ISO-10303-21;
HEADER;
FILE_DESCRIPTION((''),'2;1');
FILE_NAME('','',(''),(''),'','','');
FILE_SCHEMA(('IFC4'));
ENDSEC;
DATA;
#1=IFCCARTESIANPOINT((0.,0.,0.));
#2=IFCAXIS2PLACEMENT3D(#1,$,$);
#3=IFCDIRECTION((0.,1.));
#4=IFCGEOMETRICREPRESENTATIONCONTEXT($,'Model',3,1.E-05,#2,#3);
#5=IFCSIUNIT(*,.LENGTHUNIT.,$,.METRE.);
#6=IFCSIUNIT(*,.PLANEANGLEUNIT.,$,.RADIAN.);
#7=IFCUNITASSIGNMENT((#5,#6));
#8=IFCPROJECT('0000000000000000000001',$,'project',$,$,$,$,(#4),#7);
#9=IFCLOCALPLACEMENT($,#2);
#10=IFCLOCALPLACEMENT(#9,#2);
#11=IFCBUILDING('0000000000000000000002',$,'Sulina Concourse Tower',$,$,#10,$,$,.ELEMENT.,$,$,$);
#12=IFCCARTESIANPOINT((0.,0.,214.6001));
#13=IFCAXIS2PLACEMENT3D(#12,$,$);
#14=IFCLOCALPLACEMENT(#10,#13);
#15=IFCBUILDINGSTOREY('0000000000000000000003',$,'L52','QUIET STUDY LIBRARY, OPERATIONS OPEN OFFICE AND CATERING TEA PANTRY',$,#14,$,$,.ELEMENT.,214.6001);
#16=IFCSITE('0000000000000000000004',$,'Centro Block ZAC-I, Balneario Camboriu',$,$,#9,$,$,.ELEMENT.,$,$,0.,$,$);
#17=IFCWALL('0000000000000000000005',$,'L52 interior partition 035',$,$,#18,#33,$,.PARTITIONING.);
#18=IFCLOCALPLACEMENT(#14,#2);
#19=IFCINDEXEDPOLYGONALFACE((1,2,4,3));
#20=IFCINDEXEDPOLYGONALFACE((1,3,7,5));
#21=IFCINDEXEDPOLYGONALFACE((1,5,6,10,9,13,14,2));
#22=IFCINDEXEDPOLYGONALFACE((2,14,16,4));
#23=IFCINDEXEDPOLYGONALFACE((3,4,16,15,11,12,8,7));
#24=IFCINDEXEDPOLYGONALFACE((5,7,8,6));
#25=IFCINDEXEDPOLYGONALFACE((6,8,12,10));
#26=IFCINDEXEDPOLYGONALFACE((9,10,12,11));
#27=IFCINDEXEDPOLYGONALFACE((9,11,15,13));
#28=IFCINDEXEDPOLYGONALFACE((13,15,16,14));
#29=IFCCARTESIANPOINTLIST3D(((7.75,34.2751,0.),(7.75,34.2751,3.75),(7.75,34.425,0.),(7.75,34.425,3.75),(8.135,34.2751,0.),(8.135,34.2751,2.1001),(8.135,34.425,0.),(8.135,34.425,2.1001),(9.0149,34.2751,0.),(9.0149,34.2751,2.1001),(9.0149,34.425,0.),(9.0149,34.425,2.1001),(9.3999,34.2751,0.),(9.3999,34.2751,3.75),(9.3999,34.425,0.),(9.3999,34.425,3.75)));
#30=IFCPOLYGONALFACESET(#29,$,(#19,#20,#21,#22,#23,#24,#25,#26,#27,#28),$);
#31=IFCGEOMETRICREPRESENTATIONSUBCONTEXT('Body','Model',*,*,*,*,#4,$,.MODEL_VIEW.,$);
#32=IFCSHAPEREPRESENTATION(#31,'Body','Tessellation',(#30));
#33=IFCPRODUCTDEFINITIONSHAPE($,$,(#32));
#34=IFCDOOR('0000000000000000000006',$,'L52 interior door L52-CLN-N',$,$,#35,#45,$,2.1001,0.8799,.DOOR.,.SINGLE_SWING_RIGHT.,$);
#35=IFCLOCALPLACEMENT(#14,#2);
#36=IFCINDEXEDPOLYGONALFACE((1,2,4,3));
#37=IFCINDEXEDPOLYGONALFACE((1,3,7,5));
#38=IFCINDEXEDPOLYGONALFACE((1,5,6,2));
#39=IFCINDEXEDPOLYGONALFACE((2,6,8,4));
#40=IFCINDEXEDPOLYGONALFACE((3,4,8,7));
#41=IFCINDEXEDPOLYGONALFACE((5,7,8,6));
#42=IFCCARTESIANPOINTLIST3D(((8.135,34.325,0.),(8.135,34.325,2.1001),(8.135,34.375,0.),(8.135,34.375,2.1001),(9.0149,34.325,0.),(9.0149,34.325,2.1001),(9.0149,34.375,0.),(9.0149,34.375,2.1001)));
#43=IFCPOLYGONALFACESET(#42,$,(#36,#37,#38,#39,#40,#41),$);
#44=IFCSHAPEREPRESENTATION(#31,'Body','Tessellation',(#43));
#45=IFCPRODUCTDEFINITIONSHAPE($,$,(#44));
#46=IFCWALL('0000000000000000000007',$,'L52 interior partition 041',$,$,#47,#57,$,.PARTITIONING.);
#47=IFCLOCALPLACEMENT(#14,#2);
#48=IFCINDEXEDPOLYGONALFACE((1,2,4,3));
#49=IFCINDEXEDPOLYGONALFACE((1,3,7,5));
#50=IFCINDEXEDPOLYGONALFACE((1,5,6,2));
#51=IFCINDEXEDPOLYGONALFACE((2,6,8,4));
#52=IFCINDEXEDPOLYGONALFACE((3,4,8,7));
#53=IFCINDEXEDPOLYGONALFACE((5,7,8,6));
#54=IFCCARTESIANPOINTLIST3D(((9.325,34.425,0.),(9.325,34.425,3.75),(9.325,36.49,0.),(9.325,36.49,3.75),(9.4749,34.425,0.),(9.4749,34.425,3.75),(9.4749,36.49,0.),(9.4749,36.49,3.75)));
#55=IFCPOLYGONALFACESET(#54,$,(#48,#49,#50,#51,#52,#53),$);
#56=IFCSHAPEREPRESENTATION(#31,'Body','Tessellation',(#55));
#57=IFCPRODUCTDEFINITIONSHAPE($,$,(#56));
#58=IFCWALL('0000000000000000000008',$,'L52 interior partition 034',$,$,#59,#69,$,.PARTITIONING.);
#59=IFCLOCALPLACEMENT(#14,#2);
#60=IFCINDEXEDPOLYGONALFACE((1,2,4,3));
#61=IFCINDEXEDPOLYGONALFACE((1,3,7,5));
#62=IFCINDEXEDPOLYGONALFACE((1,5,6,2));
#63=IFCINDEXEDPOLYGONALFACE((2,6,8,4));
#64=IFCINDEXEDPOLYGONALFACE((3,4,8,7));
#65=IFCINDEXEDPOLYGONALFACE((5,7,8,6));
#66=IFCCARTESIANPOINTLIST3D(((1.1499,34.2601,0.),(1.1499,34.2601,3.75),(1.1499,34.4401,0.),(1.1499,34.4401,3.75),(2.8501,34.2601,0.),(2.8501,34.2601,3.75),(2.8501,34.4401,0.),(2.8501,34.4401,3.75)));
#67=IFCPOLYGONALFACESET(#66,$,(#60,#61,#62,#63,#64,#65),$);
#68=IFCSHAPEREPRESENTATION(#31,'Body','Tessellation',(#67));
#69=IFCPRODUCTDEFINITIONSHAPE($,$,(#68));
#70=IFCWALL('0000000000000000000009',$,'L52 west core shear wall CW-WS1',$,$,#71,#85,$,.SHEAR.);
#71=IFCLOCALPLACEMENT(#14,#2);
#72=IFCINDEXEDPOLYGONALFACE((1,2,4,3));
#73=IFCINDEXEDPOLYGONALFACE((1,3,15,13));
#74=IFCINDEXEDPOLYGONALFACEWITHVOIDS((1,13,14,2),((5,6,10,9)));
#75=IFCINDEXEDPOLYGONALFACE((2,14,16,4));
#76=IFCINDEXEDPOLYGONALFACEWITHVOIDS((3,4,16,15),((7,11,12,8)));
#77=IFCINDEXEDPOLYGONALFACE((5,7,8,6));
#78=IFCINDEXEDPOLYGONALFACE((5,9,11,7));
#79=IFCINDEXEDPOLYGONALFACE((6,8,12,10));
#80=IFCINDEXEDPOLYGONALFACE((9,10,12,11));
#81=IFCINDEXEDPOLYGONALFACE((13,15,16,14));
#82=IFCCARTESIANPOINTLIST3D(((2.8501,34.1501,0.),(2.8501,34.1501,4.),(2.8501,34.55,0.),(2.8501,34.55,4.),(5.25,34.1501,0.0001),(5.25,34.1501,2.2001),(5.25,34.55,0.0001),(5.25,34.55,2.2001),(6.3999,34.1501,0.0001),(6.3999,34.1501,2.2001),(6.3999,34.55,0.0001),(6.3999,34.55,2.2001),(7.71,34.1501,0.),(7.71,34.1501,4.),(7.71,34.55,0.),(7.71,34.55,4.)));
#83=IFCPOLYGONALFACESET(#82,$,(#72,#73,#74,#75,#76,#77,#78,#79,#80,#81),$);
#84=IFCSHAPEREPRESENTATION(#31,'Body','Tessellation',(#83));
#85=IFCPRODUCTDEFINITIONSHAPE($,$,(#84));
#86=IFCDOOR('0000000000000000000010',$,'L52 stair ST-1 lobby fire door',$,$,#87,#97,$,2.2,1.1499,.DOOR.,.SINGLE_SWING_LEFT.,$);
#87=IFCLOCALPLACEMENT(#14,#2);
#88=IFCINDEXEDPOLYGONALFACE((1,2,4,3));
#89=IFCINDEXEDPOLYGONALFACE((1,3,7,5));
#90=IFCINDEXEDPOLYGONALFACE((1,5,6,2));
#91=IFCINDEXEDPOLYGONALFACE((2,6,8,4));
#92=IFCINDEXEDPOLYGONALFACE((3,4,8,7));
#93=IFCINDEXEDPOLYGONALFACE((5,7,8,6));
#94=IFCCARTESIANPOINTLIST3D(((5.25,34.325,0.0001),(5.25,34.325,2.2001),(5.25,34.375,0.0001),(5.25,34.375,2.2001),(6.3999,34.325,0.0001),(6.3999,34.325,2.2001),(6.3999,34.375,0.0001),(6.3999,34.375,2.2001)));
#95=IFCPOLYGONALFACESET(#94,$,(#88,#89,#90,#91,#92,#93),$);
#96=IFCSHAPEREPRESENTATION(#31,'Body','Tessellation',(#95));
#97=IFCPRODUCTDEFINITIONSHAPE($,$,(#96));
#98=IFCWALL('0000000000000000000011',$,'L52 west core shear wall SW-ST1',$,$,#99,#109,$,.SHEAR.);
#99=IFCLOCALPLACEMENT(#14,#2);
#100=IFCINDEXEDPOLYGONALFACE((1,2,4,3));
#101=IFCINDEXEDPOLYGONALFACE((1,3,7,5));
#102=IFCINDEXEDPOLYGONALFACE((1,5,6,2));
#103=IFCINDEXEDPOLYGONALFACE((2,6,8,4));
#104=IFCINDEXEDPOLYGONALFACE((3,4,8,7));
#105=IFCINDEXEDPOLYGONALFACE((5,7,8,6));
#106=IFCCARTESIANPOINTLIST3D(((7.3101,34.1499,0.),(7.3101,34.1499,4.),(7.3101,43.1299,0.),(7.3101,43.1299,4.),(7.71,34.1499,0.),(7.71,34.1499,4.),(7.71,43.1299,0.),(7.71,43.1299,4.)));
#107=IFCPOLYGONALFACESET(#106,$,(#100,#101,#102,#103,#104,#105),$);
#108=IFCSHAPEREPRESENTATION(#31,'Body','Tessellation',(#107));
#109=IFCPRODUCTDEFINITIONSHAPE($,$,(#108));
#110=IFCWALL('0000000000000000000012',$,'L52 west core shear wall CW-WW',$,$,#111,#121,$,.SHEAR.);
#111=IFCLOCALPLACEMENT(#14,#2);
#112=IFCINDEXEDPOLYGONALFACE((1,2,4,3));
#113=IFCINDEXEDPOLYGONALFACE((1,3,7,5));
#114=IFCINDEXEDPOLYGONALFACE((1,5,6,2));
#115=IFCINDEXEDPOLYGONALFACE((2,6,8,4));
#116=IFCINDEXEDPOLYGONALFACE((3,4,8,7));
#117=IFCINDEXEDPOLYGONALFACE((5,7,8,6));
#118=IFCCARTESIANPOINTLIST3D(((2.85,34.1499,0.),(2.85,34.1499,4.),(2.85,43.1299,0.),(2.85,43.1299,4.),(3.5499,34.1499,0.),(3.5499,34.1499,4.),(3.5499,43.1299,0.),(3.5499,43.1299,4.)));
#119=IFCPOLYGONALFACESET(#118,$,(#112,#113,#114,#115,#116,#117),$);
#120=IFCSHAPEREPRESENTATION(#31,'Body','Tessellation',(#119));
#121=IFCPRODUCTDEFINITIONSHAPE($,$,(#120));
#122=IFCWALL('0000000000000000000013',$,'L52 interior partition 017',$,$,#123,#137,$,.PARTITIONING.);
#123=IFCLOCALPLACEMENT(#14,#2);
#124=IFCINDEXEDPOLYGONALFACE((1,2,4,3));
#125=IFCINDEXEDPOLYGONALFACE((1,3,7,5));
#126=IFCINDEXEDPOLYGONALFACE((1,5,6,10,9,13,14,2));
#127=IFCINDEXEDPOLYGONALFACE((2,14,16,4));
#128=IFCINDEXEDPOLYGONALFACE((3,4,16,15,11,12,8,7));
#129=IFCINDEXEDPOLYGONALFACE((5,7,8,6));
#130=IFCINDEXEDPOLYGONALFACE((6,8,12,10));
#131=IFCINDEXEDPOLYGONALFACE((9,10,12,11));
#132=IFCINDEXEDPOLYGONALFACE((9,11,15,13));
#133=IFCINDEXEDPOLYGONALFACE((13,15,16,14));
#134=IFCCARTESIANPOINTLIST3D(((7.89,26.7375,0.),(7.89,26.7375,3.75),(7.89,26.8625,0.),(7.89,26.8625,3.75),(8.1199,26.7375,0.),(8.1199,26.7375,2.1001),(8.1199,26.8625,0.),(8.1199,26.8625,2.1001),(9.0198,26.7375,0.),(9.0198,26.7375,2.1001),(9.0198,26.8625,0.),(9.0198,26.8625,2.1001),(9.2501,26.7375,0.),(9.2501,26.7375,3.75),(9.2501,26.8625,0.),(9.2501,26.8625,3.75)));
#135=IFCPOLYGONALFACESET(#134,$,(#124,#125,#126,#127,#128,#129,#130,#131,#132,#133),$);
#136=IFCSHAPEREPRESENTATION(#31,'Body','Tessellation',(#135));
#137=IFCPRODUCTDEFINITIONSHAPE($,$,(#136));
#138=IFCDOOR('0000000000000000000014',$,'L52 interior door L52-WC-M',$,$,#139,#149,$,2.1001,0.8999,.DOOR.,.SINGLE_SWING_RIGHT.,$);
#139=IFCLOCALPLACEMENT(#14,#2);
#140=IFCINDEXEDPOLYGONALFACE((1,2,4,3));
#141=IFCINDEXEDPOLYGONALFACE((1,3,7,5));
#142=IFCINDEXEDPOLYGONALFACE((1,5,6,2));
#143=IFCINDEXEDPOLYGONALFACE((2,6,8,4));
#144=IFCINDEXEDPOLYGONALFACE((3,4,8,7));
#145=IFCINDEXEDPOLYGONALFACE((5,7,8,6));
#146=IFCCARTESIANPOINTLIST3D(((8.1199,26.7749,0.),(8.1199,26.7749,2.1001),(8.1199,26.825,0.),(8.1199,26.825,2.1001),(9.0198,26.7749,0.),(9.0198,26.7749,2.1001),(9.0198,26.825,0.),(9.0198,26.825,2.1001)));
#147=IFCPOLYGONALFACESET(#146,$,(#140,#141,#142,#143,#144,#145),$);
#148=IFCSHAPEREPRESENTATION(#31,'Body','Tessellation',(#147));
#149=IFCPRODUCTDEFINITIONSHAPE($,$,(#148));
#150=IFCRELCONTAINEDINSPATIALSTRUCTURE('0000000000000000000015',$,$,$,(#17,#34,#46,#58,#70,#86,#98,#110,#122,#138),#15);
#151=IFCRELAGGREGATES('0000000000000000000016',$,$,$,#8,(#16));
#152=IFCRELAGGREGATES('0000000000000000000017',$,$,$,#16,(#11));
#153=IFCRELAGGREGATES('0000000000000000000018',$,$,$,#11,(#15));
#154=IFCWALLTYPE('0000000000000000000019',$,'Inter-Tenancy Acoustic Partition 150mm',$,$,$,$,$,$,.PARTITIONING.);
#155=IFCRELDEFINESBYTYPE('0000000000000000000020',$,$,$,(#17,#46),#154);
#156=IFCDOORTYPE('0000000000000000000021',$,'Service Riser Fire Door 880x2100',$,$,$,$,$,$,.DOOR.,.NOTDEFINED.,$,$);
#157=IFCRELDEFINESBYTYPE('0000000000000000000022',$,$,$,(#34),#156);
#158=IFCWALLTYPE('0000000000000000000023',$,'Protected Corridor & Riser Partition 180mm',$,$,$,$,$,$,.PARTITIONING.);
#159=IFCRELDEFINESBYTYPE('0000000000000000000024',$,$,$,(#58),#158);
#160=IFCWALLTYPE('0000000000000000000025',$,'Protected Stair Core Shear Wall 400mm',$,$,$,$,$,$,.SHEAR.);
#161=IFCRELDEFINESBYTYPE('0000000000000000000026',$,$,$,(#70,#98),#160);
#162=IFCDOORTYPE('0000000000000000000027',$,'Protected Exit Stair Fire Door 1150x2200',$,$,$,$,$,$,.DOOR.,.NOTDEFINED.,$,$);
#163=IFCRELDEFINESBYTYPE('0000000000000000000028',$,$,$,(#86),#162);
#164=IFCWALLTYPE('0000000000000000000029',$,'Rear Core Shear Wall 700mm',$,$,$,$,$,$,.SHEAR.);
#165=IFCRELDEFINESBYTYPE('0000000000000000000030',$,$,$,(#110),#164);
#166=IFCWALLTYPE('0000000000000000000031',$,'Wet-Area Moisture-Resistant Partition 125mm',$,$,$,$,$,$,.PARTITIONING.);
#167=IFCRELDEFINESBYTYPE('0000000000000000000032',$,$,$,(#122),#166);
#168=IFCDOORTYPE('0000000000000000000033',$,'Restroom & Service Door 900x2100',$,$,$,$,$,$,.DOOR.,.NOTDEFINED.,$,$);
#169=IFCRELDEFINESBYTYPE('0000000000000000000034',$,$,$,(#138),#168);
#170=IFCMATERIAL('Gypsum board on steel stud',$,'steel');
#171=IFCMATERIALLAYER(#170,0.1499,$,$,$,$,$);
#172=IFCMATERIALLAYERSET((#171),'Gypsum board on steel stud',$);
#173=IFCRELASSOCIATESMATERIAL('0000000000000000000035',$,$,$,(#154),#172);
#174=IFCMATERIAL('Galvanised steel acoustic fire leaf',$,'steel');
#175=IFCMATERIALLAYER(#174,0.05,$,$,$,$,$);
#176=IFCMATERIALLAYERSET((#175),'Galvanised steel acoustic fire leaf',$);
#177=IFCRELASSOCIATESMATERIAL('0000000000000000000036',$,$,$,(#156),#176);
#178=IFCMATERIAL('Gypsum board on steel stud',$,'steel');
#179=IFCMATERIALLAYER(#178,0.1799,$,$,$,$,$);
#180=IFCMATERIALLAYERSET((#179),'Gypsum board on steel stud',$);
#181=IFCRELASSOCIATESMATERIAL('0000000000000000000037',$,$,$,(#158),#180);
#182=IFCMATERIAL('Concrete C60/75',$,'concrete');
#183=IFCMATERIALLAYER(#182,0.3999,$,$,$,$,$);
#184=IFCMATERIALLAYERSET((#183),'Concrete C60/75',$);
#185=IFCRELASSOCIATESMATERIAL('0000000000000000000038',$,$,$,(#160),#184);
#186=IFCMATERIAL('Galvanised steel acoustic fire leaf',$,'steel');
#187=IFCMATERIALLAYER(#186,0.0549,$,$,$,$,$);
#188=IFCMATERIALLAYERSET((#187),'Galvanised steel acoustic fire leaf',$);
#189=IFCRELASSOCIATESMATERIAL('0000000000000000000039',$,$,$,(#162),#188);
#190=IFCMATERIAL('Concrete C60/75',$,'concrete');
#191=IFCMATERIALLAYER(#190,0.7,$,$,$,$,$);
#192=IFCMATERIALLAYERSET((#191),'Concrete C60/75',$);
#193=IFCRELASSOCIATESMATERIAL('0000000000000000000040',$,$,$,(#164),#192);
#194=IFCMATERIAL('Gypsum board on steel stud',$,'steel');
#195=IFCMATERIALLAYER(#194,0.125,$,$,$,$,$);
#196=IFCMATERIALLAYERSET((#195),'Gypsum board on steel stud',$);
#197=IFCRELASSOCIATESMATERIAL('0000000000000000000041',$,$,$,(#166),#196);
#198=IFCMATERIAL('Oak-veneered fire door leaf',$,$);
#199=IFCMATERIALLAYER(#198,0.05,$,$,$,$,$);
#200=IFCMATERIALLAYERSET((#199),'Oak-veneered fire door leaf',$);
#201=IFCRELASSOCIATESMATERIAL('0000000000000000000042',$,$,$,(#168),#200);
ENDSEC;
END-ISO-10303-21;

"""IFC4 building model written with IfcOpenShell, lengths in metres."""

from ifc_helpers import new_model, si_unit, direction, frame, frame_2d, origin, place, context, subcontext, project, spatial, rectangle, extrude, material, layer, layer_set, type_object, element, fill, save


model = new_model("IFC4")

# Units and contexts
model_context = context("Model", 3, precision=1e-05, world=origin(), true_north=direction((0.0, 1.0)))
body_context = subcontext(model_context, "Body", "Model", "MODEL_VIEW")
ifc_project = project(units=[si_unit("LENGTHUNIT", "METRE"), si_unit("PLANEANGLEUNIT", "RADIAN")], contexts=[model_context])

# Site, building, storey
site_placement = place(None, origin())
site = spatial("IfcSite", under=ifc_project, at=site_placement, Name="Centro Block ZAC-I, Balneario Camboriu", CompositionType="ELEMENT", RefElevation=0.0)
building_placement = place(site_placement, origin())
building = spatial("IfcBuilding", under=site, at=building_placement, Name="Sulina Concourse Tower", CompositionType="ELEMENT")
storey_placement = place(building_placement, frame((0.0, 0.0, 214.6001)))
storey = spatial("IfcBuildingStorey", under=building, at=storey_placement, Name="L52", Description="QUIET STUDY LIBRARY, OPERATIONS OPEN OFFICE AND CATERING TEA PANTRY", CompositionType="ELEMENT", Elevation=214.6001)

# Wall, opening, door
ifc_material_1 = material(Name="Gypsum board on steel stud", Category="steel")
ifc_layer_1 = layer(ifc_material_1, 0.1499)
ifc_layer_set_1 = layer_set([ifc_layer_1], Name="Gypsum board on steel stud")
wall_type_1 = type_object("IfcWallType", Name="Inter-Tenancy Acoustic Partition 150mm", PredefinedType="PARTITIONING", material=ifc_layer_set_1)
wall_1_placement = place(storey_placement, frame((7.75, 34.3501, 0.0), z_axis=(0.0, 0.0, 1.0), x_axis=(1.0, 0.0, 0.0)))
wall_1 = element("IfcWall", 1, at=wall_1_placement, inside=storey, type_object=wall_type_1, Name="L52 interior partition 035", PredefinedType="PARTITIONING", context=body_context, shape_type="SweptSolid", body=[
    extrude(rectangle(XDim=1.6499, YDim=0.1499, at=frame_2d((0.825, 0.0))), origin(), (0.0, 0.0, 1.0), 3.75),
])
opening_1_placement = place(wall_1_placement, frame((0.385, 0.0, 0.0)))
opening_1 = element("IfcOpeningElement", 2, at=opening_1_placement, cuts=wall_1, PredefinedType="OPENING", context=body_context, shape_type="SweptSolid", body=[
    extrude(rectangle(XDim=0.8799, YDim=2.1001, at=frame_2d((0.4399, 1.05))), frame((0.0, 0.085, 0.0), z_axis=(0.0, -1.0, 0.0), x_axis=(1.0, 0.0, 0.0)), (0.0, 0.0, 1.0), 0.1699),
])
ifc_material_2 = material(Name="Galvanised steel acoustic fire leaf", Category="steel")
ifc_layer_2 = layer(ifc_material_2, 0.05)
ifc_layer_set_2 = layer_set([ifc_layer_2], Name="Galvanised steel acoustic fire leaf")
door_type_1 = type_object("IfcDoorType", Name="Service Riser Fire Door 880x2100", OperationType="NOTDEFINED", PredefinedType="DOOR", material=ifc_layer_set_2)
door_1_placement = place(opening_1_placement, origin())
door_1 = element("IfcDoor", 3, at=door_1_placement, inside=storey, type_object=door_type_1, Name="L52 interior door L52-CLN-N", OperationType="SINGLE_SWING_RIGHT", OverallHeight=2.1001, OverallWidth=0.8799, PredefinedType="DOOR", context=body_context, shape_type="SweptSolid", body=[
    extrude(rectangle(XDim=0.8799, YDim=2.1001, at=frame_2d((0.4399, 1.05))), frame((0.0, 0.0249, 0.0), z_axis=(0.0, -1.0, 0.0), x_axis=(1.0, 0.0, 0.0)), (0.0, 0.0, 1.0), 0.05),
])
fill(opening_1, door_1)

# Walls
wall_2_placement = place(storey_placement, frame((9.3999, 34.425, 0.0), z_axis=(0.0, 0.0, 1.0), x_axis=(0.0, 1.0, 0.0)))
element("IfcWall", 4, at=wall_2_placement, inside=storey, type_object=wall_type_1, Name="L52 interior partition 041", PredefinedType="PARTITIONING", context=body_context, shape_type="SweptSolid", body=[
    extrude(rectangle(XDim=2.0649, YDim=0.1499, at=frame_2d((1.0325, 0.0))), origin(), (0.0, 0.0, 1.0), 3.75),
])
ifc_material_3 = material(Name="Gypsum board on steel stud", Category="steel")
ifc_layer_3 = layer(ifc_material_3, 0.1799)
ifc_layer_set_3 = layer_set([ifc_layer_3], Name="Gypsum board on steel stud")
wall_type_2 = type_object("IfcWallType", Name="Protected Corridor & Riser Partition 180mm", PredefinedType="PARTITIONING", material=ifc_layer_set_3)
wall_3_placement = place(storey_placement, frame((1.1499, 34.3501, 0.0), z_axis=(0.0, 0.0, 1.0), x_axis=(1.0, 0.0, 0.0)))
element("IfcWall", 5, at=wall_3_placement, inside=storey, type_object=wall_type_2, Name="L52 interior partition 034", PredefinedType="PARTITIONING", context=body_context, shape_type="SweptSolid", body=[
    extrude(rectangle(XDim=1.7002, YDim=0.1799, at=frame_2d((0.8501, 0.0))), origin(), (0.0, 0.0, 1.0), 3.75),
])

# Wall, opening, door
ifc_material_4 = material(Name="Concrete C60/75", Category="concrete")
ifc_layer_4 = layer(ifc_material_4, 0.3999)
ifc_layer_set_4 = layer_set([ifc_layer_4], Name="Concrete C60/75")
wall_type_3 = type_object("IfcWallType", Name="Protected Stair Core Shear Wall 400mm", PredefinedType="SHEAR", material=ifc_layer_set_4)
wall_4_placement = place(storey_placement, frame((2.8501, 34.3501, 0.0), z_axis=(0.0, 0.0, 1.0), x_axis=(1.0, 0.0, 0.0)))
wall_4 = element("IfcWall", 6, at=wall_4_placement, inside=storey, type_object=wall_type_3, Name="L52 west core shear wall CW-WS1", PredefinedType="SHEAR", context=body_context, shape_type="SweptSolid", body=[
    extrude(rectangle(XDim=4.8599, YDim=0.3999, at=frame_2d((2.4299, 0.0))), origin(), (0.0, 0.0, 1.0), 4.0),
])
opening_2_placement = place(wall_4_placement, frame((2.3999, 0.0, 0.0)))
opening_2 = element("IfcOpeningElement", 7, at=opening_2_placement, cuts=wall_4, PredefinedType="OPENING", context=body_context, shape_type="SweptSolid", body=[
    extrude(rectangle(XDim=1.1499, YDim=2.2, at=frame_2d((0.575, 1.1001))), frame((0.0, 0.21, 0.0), z_axis=(0.0, -1.0, 0.0), x_axis=(1.0, 0.0, 0.0)), (0.0, 0.0, 1.0), 0.4199),
])
ifc_material_5 = material(Name="Galvanised steel acoustic fire leaf", Category="steel")
ifc_layer_5 = layer(ifc_material_5, 0.0549)
ifc_layer_set_5 = layer_set([ifc_layer_5], Name="Galvanised steel acoustic fire leaf")
door_type_2 = type_object("IfcDoorType", Name="Protected Exit Stair Fire Door 1150x2200", OperationType="NOTDEFINED", PredefinedType="DOOR", material=ifc_layer_set_5)
door_2_placement = place(opening_2_placement, origin())
door_2 = element("IfcDoor", 8, at=door_2_placement, inside=storey, type_object=door_type_2, Name="L52 stair ST-1 lobby fire door", OperationType="SINGLE_SWING_LEFT", OverallHeight=2.2, OverallWidth=1.1499, PredefinedType="DOOR", context=body_context, shape_type="SweptSolid", body=[
    extrude(rectangle(XDim=1.1499, YDim=2.2, at=frame_2d((0.575, 1.1001))), frame((0.0, 0.0249, 0.0), z_axis=(0.0, -1.0, 0.0), x_axis=(1.0, 0.0, 0.0)), (0.0, 0.0, 1.0), 0.05),
])
fill(opening_2, door_2)

# Walls
wall_5_placement = place(storey_placement, frame((7.51, 34.1499, 0.0), z_axis=(0.0, 0.0, 1.0), x_axis=(0.0, 1.0, 0.0)))
element("IfcWall", 9, at=wall_5_placement, inside=storey, type_object=wall_type_3, Name="L52 west core shear wall SW-ST1", PredefinedType="SHEAR", context=body_context, shape_type="SweptSolid", body=[
    extrude(rectangle(XDim=8.98, YDim=0.3999, at=frame_2d((4.49, 0.0))), origin(), (0.0, 0.0, 1.0), 4.0),
])
ifc_material_6 = material(Name="Concrete C60/75", Category="concrete")
ifc_layer_6 = layer(ifc_material_6, 0.7)
ifc_layer_set_6 = layer_set([ifc_layer_6], Name="Concrete C60/75")
wall_type_4 = type_object("IfcWallType", Name="Rear Core Shear Wall 700mm", PredefinedType="SHEAR", material=ifc_layer_set_6)
wall_6_placement = place(storey_placement, frame((3.2, 34.1499, 0.0), z_axis=(0.0, 0.0, 1.0), x_axis=(0.0, 1.0, 0.0)))
element("IfcWall", 10, at=wall_6_placement, inside=storey, type_object=wall_type_4, Name="L52 west core shear wall CW-WW", PredefinedType="SHEAR", context=body_context, shape_type="SweptSolid", body=[
    extrude(rectangle(XDim=8.98, YDim=0.7, at=frame_2d((4.49, 0.0))), origin(), (0.0, 0.0, 1.0), 4.0),
])

# Wall, opening, door
ifc_material_7 = material(Name="Gypsum board on steel stud", Category="steel")
ifc_layer_7 = layer(ifc_material_7, 0.125)
ifc_layer_set_7 = layer_set([ifc_layer_7], Name="Gypsum board on steel stud")
wall_type_5 = type_object("IfcWallType", Name="Wet-Area Moisture-Resistant Partition 125mm", PredefinedType="PARTITIONING", material=ifc_layer_set_7)
wall_7_placement = place(storey_placement, frame((7.8899, 26.8, 0.0), z_axis=(0.0, 0.0, 1.0), x_axis=(1.0, 0.0, 0.0)))
wall_7 = element("IfcWall", 11, at=wall_7_placement, inside=storey, type_object=wall_type_5, Name="L52 interior partition 017", PredefinedType="PARTITIONING", context=body_context, shape_type="SweptSolid", body=[
    extrude(rectangle(XDim=1.3601, YDim=0.125, at=frame_2d((0.6802, 0.0))), origin(), (0.0, 0.0, 1.0), 3.75),
])
opening_3_placement = place(wall_7_placement, frame((0.23, 0.0, 0.0)))
opening_3 = element("IfcOpeningElement", 12, at=opening_3_placement, cuts=wall_7, PredefinedType="OPENING", context=body_context, shape_type="SweptSolid", body=[
    extrude(rectangle(XDim=0.8999, YDim=2.1001, at=frame_2d((0.45, 1.05))), frame((0.0, 0.0725, 0.0), z_axis=(0.0, -1.0, 0.0), x_axis=(1.0, 0.0, 0.0)), (0.0, 0.0, 1.0), 0.145),
])
ifc_material_8 = material(Name="Oak-veneered fire door leaf")
ifc_layer_8 = layer(ifc_material_8, 0.05)
ifc_layer_set_8 = layer_set([ifc_layer_8], Name="Oak-veneered fire door leaf")
door_type_3 = type_object("IfcDoorType", Name="Restroom & Service Door 900x2100", OperationType="NOTDEFINED", PredefinedType="DOOR", material=ifc_layer_set_8)
door_3_placement = place(opening_3_placement, origin())
door_3 = element("IfcDoor", 13, at=door_3_placement, inside=storey, type_object=door_type_3, Name="L52 interior door L52-WC-M", OperationType="SINGLE_SWING_RIGHT", OverallHeight=2.1001, OverallWidth=0.8999, PredefinedType="DOOR", context=body_context, shape_type="SweptSolid", body=[
    extrude(rectangle(XDim=0.8999, YDim=2.1001, at=frame_2d((0.45, 1.05))), frame((0.0, 0.0249, 0.0), z_axis=(0.0, -1.0, 0.0), x_axis=(1.0, 0.0, 0.0)), (0.0, 0.0, 1.0), 0.05),
])
fill(opening_3, door_3)

save(model, "model.ifc")
